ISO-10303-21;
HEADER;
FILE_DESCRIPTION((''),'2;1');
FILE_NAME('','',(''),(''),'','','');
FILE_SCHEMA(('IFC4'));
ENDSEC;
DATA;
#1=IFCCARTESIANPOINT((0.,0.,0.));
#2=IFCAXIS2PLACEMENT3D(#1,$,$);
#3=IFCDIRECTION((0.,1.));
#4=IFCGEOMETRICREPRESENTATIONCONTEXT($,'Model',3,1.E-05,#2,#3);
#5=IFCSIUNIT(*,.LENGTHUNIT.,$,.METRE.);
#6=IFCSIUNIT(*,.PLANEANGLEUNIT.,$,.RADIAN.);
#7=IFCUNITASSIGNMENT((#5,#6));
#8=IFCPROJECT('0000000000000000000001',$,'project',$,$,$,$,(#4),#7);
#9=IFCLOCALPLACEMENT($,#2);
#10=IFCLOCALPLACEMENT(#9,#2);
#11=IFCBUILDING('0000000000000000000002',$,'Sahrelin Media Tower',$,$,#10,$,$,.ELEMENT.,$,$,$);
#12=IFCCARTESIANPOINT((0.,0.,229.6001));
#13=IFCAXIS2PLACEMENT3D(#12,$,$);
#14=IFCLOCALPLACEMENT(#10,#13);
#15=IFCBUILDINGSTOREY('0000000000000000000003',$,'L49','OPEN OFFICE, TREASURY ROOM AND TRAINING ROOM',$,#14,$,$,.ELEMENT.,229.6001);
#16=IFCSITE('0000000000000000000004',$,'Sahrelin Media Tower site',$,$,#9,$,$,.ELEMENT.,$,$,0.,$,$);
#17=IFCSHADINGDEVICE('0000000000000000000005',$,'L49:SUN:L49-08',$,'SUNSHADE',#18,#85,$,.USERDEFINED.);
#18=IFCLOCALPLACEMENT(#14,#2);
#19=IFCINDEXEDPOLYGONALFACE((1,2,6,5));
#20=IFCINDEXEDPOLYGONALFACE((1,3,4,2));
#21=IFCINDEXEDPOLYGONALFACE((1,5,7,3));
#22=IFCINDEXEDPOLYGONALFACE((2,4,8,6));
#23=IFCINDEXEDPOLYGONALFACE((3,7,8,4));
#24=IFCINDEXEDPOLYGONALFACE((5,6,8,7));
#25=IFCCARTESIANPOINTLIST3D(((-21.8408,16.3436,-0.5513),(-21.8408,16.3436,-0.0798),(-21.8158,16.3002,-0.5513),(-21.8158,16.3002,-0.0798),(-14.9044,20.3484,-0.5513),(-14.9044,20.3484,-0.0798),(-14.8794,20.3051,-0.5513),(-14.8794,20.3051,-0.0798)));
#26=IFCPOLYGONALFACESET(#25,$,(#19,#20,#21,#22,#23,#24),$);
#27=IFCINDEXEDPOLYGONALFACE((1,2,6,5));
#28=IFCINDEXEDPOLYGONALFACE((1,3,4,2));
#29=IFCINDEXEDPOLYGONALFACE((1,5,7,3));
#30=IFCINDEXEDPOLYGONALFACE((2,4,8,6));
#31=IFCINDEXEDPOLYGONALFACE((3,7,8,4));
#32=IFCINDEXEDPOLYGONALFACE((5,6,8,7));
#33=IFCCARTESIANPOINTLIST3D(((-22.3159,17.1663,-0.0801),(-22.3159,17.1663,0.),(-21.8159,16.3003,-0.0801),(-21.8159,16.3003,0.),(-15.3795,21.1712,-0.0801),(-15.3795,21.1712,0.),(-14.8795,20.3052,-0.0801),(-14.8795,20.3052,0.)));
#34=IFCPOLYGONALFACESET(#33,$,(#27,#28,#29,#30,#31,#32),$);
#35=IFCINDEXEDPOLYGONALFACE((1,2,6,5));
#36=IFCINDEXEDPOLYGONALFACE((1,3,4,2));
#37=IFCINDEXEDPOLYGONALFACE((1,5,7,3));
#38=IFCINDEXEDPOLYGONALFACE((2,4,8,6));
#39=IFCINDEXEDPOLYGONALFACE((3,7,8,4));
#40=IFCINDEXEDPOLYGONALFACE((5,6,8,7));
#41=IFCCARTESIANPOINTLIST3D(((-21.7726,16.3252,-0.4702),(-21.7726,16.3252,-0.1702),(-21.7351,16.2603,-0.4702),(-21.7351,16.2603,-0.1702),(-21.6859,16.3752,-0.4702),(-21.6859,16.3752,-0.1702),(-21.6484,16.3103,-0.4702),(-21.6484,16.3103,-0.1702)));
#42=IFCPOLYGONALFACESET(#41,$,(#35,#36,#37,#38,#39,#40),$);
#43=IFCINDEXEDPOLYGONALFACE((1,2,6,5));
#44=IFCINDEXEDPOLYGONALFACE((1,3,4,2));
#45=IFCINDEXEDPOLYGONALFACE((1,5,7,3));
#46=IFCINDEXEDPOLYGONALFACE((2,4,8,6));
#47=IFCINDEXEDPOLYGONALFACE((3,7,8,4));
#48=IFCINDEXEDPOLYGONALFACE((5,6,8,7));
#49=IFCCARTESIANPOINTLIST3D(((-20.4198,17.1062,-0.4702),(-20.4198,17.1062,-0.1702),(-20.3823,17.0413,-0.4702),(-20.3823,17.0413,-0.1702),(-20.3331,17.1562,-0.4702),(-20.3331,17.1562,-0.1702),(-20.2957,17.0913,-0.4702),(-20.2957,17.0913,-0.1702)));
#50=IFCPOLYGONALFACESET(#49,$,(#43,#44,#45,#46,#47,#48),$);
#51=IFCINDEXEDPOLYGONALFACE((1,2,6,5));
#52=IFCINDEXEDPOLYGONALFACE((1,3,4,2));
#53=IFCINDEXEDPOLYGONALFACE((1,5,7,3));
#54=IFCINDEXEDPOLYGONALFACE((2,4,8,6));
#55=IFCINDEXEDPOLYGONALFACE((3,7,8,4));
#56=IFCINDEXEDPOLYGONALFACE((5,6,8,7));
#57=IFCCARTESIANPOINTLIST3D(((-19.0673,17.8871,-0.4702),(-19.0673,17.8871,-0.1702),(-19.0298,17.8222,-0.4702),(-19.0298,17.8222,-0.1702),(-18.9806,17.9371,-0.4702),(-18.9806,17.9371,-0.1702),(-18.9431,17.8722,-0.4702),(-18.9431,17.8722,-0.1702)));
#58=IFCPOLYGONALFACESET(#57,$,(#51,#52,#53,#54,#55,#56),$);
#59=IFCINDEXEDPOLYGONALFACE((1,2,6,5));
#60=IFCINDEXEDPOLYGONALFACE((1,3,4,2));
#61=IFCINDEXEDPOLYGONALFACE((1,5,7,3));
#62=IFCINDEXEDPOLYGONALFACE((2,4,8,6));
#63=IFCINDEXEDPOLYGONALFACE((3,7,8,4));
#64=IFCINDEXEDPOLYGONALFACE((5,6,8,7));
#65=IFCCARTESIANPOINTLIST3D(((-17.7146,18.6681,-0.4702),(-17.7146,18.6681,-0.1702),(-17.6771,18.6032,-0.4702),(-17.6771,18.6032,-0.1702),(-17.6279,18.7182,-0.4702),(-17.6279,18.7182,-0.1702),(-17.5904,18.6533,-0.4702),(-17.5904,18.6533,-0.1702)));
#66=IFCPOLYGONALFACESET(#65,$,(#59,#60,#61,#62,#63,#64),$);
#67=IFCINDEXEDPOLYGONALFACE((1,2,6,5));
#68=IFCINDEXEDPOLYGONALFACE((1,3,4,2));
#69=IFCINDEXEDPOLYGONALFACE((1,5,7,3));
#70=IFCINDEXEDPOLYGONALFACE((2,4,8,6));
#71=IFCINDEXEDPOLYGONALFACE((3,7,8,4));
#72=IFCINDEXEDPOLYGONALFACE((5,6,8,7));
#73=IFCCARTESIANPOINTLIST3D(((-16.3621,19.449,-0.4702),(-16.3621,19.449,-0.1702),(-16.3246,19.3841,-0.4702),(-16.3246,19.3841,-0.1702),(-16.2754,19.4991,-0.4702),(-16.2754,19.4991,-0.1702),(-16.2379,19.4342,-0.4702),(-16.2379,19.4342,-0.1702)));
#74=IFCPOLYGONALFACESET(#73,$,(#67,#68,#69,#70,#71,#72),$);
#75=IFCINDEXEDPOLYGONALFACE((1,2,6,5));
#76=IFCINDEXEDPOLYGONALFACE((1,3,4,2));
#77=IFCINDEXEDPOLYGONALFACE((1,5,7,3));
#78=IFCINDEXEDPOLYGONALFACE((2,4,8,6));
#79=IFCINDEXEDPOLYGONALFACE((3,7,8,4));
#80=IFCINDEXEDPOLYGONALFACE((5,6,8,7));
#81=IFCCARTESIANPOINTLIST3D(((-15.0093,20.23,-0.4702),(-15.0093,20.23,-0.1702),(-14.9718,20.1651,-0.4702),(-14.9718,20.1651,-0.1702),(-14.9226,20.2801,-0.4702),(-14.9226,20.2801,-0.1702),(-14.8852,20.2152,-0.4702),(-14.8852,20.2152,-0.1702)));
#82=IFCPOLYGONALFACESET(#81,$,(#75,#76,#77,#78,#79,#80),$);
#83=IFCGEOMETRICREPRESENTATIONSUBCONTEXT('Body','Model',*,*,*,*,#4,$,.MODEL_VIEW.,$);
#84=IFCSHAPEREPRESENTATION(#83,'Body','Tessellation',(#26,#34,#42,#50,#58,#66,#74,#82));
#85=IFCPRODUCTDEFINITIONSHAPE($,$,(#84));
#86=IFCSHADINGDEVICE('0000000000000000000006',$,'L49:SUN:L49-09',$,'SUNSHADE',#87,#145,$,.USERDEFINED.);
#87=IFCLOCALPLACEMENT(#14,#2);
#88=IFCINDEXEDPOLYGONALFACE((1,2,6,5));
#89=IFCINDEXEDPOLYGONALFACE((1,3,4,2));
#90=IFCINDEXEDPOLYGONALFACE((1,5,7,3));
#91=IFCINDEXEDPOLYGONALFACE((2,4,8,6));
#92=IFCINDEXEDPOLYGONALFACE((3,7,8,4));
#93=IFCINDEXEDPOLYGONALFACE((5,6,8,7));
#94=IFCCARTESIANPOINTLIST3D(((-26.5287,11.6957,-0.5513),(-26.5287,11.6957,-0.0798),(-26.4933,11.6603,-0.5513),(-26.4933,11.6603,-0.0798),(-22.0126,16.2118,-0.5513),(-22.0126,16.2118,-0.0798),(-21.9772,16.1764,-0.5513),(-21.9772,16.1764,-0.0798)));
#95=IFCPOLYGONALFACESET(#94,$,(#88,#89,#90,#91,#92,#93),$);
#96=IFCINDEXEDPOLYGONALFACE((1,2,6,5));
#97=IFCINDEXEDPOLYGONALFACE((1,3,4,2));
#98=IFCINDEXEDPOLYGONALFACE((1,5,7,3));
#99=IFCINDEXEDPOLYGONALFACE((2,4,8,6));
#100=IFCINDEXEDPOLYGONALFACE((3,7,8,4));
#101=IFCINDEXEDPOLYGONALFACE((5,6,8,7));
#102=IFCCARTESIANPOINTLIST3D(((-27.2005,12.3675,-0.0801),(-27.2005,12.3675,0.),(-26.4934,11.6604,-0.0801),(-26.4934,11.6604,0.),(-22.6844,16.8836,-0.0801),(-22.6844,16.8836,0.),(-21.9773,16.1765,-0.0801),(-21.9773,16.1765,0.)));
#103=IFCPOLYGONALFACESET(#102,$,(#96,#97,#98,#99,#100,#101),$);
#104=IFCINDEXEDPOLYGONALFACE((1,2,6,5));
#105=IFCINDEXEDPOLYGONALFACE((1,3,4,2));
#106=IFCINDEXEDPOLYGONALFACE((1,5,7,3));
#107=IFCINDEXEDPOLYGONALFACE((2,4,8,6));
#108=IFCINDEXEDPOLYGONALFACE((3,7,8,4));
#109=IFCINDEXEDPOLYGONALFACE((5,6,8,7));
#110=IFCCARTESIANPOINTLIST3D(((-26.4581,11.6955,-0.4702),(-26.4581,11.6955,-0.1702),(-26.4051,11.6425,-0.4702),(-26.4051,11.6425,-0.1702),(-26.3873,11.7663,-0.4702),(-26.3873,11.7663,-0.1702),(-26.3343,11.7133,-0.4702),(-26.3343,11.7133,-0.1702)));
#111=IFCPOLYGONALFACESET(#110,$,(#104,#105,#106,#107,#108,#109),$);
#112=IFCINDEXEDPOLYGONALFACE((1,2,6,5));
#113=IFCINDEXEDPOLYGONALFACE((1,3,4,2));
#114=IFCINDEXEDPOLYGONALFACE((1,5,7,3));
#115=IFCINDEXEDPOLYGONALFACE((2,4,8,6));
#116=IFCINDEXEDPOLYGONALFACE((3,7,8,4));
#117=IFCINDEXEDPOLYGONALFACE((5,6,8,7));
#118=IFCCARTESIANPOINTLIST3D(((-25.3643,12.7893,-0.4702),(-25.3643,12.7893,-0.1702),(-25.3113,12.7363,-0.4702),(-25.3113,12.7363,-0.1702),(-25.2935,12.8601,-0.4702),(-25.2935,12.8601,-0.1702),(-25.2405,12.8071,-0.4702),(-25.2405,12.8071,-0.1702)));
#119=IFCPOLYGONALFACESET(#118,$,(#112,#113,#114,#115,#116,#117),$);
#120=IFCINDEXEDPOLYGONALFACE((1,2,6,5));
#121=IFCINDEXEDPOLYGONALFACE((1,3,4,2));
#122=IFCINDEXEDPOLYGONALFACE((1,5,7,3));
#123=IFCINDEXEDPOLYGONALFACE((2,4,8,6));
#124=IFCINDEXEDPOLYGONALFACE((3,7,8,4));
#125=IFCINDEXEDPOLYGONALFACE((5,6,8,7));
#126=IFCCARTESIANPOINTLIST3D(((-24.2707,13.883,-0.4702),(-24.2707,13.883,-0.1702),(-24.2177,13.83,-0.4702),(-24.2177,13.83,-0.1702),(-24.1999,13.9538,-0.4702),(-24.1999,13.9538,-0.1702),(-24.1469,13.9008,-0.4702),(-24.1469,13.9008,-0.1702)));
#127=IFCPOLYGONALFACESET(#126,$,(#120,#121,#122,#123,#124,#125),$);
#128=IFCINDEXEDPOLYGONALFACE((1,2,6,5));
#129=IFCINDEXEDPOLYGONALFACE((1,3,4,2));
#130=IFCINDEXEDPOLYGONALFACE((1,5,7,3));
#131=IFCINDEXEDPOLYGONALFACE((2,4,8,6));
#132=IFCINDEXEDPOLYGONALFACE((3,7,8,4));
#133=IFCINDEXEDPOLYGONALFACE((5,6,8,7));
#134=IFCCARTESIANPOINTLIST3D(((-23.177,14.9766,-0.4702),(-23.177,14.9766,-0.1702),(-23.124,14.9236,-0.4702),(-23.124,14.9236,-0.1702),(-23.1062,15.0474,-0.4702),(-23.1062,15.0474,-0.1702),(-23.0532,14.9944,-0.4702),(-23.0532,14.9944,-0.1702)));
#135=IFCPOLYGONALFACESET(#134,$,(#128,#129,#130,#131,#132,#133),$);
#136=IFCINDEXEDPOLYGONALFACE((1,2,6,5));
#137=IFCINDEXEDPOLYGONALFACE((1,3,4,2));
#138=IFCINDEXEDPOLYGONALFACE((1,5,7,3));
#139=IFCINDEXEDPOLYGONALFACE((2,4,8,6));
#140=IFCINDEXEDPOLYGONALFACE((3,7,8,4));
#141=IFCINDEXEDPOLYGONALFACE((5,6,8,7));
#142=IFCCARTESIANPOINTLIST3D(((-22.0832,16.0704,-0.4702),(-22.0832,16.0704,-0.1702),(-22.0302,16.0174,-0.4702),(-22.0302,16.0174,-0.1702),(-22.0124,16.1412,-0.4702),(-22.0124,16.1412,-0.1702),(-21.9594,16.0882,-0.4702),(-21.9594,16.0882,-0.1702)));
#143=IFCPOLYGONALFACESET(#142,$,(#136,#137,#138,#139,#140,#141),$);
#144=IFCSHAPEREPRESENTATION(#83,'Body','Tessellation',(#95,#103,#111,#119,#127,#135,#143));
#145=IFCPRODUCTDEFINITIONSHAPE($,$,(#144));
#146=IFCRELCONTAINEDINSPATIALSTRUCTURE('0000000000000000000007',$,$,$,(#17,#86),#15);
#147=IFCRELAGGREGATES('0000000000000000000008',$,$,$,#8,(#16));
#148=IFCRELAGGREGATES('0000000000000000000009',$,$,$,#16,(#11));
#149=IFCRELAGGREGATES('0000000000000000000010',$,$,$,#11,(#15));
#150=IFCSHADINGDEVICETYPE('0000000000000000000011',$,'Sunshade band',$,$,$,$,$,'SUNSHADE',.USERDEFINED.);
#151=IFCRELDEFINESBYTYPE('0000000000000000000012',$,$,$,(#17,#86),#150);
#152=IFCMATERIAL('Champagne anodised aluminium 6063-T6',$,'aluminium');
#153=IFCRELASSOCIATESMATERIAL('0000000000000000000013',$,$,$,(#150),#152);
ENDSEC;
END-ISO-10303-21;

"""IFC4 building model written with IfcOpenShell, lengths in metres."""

from ifc_helpers import new_model, si_unit, direction, frame, origin, origin_2d, place, context, subcontext, project, spatial, rectangle, extrude, material, type_object, element, save


model = new_model("IFC4")

# Units and contexts
model_context = context("Model", 3, precision=1e-05, world=origin(), true_north=direction((0.0, 1.0)))
body_context = subcontext(model_context, "Body", "Model", "MODEL_VIEW")
ifc_project = project(units=[si_unit("LENGTHUNIT", "METRE"), si_unit("PLANEANGLEUNIT", "RADIAN")], contexts=[model_context])

# Site, building, storey
site_placement = place(None, origin())
site = spatial("IfcSite", under=ifc_project, at=site_placement, Name="Sahrelin Media Tower site", CompositionType="ELEMENT", RefElevation=0.0)
building_placement = place(site_placement, origin())
building = spatial("IfcBuilding", under=site, at=building_placement, Name="Sahrelin Media Tower", CompositionType="ELEMENT")
storey_placement = place(building_placement, frame((0.0, 0.0, 229.6001)))
storey = spatial("IfcBuildingStorey", under=building, at=storey_placement, Name="L49", Description="OPEN OFFICE, TREASURY ROOM AND TRAINING ROOM", CompositionType="ELEMENT", Elevation=229.6001)

# Shared definitions
ifc_material_1 = material(Name="Champagne anodised aluminium 6063-T6", Category="aluminium")

# Shared definitions
placement_1 = place(storey_placement, frame((-18.3376, 18.2854, 0.0), z_axis=(0.0, 0.0, 1.0), x_axis=(0.866019, 0.500011, 0.0)))
placement_2 = place(storey_placement, frame((-24.2212, 13.9043, 0.0), z_axis=(0.0, 0.0, 1.0), x_axis=(0.707107, 0.707107, 0.0)))

# Shading devices
shading_device_type_1 = type_object("IfcShadingDeviceType", Name="Sunshade band", ElementType="SUNSHADE", PredefinedType="USERDEFINED", material=ifc_material_1)
element("IfcShadingDevice", 1, at=placement_1, inside=storey, type_object=shading_device_type_1, Name="L49:SUN:L49-08", ObjectType="SUNSHADE", PredefinedType="USERDEFINED", context=body_context, shape_type="SweptSolid", body=[
    extrude(rectangle(XDim=8.0095, YDim=0.05, at=origin_2d()), frame((0.0, 0.0449, -0.5513)), (0.0, 0.0, 1.0), 0.4714),
    extrude(rectangle(XDim=8.0095, YDim=1.0, at=origin_2d()), frame((0.0, 0.52, -0.0801)), (0.0, 0.0, 1.0), 0.0801),
    extrude(rectangle(XDim=0.1001, YDim=0.075, at=origin_2d()), frame((-3.9048, -0.0176, -0.4702)), (0.0, 0.0, 1.0), 0.3),
    extrude(rectangle(XDim=0.1001, YDim=0.075, at=origin_2d()), frame((-2.3428, -0.0176, -0.4702)), (0.0, 0.0, 1.0), 0.3),
    extrude(rectangle(XDim=0.1001, YDim=0.075, at=origin_2d()), frame((-0.781, -0.0176, -0.4702)), (0.0, 0.0, 1.0), 0.3),
    extrude(rectangle(XDim=0.1001, YDim=0.075, at=origin_2d()), frame((0.781, -0.0176, -0.4702)), (0.0, 0.0, 1.0), 0.3),
    extrude(rectangle(XDim=0.1001, YDim=0.075, at=origin_2d()), frame((2.3428, -0.0176, -0.4702)), (0.0, 0.0, 1.0), 0.3),
    extrude(rectangle(XDim=0.1001, YDim=0.075, at=origin_2d()), frame((3.9048, -0.0176, -0.4702)), (0.0, 0.0, 1.0), 0.3),
])
element("IfcShadingDevice", 2, at=placement_2, inside=storey, type_object=shading_device_type_1, Name="L49:SUN:L49-09", ObjectType="SUNSHADE", PredefinedType="USERDEFINED", context=body_context, shape_type="SweptSolid", body=[
    extrude(rectangle(XDim=6.3867, YDim=0.05, at=origin_2d()), frame((0.0, 0.0449, -0.5513)), (0.0, 0.0, 1.0), 0.4714),
    extrude(rectangle(XDim=6.3867, YDim=1.0, at=origin_2d()), frame((0.0, 0.52, -0.0801)), (0.0, 0.0, 1.0), 0.0801),
    extrude(rectangle(XDim=0.1001, YDim=0.075, at=origin_2d()), frame((-3.0935, -0.0176, -0.4702)), (0.0, 0.0, 1.0), 0.3),
    extrude(rectangle(XDim=0.1001, YDim=0.075, at=origin_2d()), frame((-1.5466, -0.0176, -0.4702)), (0.0, 0.0, 1.0), 0.3),
    extrude(rectangle(XDim=0.1001, YDim=0.075, at=origin_2d()), frame((0.0, -0.0176, -0.4702)), (0.0, 0.0, 1.0), 0.3),
    extrude(rectangle(XDim=0.1001, YDim=0.075, at=origin_2d()), frame((1.5466, -0.0176, -0.4702)), (0.0, 0.0, 1.0), 0.3),
    extrude(rectangle(XDim=0.1001, YDim=0.075, at=origin_2d()), frame((3.0935, -0.0176, -0.4702)), (0.0, 0.0, 1.0), 0.3),
])

save(model, "model.ifc")
